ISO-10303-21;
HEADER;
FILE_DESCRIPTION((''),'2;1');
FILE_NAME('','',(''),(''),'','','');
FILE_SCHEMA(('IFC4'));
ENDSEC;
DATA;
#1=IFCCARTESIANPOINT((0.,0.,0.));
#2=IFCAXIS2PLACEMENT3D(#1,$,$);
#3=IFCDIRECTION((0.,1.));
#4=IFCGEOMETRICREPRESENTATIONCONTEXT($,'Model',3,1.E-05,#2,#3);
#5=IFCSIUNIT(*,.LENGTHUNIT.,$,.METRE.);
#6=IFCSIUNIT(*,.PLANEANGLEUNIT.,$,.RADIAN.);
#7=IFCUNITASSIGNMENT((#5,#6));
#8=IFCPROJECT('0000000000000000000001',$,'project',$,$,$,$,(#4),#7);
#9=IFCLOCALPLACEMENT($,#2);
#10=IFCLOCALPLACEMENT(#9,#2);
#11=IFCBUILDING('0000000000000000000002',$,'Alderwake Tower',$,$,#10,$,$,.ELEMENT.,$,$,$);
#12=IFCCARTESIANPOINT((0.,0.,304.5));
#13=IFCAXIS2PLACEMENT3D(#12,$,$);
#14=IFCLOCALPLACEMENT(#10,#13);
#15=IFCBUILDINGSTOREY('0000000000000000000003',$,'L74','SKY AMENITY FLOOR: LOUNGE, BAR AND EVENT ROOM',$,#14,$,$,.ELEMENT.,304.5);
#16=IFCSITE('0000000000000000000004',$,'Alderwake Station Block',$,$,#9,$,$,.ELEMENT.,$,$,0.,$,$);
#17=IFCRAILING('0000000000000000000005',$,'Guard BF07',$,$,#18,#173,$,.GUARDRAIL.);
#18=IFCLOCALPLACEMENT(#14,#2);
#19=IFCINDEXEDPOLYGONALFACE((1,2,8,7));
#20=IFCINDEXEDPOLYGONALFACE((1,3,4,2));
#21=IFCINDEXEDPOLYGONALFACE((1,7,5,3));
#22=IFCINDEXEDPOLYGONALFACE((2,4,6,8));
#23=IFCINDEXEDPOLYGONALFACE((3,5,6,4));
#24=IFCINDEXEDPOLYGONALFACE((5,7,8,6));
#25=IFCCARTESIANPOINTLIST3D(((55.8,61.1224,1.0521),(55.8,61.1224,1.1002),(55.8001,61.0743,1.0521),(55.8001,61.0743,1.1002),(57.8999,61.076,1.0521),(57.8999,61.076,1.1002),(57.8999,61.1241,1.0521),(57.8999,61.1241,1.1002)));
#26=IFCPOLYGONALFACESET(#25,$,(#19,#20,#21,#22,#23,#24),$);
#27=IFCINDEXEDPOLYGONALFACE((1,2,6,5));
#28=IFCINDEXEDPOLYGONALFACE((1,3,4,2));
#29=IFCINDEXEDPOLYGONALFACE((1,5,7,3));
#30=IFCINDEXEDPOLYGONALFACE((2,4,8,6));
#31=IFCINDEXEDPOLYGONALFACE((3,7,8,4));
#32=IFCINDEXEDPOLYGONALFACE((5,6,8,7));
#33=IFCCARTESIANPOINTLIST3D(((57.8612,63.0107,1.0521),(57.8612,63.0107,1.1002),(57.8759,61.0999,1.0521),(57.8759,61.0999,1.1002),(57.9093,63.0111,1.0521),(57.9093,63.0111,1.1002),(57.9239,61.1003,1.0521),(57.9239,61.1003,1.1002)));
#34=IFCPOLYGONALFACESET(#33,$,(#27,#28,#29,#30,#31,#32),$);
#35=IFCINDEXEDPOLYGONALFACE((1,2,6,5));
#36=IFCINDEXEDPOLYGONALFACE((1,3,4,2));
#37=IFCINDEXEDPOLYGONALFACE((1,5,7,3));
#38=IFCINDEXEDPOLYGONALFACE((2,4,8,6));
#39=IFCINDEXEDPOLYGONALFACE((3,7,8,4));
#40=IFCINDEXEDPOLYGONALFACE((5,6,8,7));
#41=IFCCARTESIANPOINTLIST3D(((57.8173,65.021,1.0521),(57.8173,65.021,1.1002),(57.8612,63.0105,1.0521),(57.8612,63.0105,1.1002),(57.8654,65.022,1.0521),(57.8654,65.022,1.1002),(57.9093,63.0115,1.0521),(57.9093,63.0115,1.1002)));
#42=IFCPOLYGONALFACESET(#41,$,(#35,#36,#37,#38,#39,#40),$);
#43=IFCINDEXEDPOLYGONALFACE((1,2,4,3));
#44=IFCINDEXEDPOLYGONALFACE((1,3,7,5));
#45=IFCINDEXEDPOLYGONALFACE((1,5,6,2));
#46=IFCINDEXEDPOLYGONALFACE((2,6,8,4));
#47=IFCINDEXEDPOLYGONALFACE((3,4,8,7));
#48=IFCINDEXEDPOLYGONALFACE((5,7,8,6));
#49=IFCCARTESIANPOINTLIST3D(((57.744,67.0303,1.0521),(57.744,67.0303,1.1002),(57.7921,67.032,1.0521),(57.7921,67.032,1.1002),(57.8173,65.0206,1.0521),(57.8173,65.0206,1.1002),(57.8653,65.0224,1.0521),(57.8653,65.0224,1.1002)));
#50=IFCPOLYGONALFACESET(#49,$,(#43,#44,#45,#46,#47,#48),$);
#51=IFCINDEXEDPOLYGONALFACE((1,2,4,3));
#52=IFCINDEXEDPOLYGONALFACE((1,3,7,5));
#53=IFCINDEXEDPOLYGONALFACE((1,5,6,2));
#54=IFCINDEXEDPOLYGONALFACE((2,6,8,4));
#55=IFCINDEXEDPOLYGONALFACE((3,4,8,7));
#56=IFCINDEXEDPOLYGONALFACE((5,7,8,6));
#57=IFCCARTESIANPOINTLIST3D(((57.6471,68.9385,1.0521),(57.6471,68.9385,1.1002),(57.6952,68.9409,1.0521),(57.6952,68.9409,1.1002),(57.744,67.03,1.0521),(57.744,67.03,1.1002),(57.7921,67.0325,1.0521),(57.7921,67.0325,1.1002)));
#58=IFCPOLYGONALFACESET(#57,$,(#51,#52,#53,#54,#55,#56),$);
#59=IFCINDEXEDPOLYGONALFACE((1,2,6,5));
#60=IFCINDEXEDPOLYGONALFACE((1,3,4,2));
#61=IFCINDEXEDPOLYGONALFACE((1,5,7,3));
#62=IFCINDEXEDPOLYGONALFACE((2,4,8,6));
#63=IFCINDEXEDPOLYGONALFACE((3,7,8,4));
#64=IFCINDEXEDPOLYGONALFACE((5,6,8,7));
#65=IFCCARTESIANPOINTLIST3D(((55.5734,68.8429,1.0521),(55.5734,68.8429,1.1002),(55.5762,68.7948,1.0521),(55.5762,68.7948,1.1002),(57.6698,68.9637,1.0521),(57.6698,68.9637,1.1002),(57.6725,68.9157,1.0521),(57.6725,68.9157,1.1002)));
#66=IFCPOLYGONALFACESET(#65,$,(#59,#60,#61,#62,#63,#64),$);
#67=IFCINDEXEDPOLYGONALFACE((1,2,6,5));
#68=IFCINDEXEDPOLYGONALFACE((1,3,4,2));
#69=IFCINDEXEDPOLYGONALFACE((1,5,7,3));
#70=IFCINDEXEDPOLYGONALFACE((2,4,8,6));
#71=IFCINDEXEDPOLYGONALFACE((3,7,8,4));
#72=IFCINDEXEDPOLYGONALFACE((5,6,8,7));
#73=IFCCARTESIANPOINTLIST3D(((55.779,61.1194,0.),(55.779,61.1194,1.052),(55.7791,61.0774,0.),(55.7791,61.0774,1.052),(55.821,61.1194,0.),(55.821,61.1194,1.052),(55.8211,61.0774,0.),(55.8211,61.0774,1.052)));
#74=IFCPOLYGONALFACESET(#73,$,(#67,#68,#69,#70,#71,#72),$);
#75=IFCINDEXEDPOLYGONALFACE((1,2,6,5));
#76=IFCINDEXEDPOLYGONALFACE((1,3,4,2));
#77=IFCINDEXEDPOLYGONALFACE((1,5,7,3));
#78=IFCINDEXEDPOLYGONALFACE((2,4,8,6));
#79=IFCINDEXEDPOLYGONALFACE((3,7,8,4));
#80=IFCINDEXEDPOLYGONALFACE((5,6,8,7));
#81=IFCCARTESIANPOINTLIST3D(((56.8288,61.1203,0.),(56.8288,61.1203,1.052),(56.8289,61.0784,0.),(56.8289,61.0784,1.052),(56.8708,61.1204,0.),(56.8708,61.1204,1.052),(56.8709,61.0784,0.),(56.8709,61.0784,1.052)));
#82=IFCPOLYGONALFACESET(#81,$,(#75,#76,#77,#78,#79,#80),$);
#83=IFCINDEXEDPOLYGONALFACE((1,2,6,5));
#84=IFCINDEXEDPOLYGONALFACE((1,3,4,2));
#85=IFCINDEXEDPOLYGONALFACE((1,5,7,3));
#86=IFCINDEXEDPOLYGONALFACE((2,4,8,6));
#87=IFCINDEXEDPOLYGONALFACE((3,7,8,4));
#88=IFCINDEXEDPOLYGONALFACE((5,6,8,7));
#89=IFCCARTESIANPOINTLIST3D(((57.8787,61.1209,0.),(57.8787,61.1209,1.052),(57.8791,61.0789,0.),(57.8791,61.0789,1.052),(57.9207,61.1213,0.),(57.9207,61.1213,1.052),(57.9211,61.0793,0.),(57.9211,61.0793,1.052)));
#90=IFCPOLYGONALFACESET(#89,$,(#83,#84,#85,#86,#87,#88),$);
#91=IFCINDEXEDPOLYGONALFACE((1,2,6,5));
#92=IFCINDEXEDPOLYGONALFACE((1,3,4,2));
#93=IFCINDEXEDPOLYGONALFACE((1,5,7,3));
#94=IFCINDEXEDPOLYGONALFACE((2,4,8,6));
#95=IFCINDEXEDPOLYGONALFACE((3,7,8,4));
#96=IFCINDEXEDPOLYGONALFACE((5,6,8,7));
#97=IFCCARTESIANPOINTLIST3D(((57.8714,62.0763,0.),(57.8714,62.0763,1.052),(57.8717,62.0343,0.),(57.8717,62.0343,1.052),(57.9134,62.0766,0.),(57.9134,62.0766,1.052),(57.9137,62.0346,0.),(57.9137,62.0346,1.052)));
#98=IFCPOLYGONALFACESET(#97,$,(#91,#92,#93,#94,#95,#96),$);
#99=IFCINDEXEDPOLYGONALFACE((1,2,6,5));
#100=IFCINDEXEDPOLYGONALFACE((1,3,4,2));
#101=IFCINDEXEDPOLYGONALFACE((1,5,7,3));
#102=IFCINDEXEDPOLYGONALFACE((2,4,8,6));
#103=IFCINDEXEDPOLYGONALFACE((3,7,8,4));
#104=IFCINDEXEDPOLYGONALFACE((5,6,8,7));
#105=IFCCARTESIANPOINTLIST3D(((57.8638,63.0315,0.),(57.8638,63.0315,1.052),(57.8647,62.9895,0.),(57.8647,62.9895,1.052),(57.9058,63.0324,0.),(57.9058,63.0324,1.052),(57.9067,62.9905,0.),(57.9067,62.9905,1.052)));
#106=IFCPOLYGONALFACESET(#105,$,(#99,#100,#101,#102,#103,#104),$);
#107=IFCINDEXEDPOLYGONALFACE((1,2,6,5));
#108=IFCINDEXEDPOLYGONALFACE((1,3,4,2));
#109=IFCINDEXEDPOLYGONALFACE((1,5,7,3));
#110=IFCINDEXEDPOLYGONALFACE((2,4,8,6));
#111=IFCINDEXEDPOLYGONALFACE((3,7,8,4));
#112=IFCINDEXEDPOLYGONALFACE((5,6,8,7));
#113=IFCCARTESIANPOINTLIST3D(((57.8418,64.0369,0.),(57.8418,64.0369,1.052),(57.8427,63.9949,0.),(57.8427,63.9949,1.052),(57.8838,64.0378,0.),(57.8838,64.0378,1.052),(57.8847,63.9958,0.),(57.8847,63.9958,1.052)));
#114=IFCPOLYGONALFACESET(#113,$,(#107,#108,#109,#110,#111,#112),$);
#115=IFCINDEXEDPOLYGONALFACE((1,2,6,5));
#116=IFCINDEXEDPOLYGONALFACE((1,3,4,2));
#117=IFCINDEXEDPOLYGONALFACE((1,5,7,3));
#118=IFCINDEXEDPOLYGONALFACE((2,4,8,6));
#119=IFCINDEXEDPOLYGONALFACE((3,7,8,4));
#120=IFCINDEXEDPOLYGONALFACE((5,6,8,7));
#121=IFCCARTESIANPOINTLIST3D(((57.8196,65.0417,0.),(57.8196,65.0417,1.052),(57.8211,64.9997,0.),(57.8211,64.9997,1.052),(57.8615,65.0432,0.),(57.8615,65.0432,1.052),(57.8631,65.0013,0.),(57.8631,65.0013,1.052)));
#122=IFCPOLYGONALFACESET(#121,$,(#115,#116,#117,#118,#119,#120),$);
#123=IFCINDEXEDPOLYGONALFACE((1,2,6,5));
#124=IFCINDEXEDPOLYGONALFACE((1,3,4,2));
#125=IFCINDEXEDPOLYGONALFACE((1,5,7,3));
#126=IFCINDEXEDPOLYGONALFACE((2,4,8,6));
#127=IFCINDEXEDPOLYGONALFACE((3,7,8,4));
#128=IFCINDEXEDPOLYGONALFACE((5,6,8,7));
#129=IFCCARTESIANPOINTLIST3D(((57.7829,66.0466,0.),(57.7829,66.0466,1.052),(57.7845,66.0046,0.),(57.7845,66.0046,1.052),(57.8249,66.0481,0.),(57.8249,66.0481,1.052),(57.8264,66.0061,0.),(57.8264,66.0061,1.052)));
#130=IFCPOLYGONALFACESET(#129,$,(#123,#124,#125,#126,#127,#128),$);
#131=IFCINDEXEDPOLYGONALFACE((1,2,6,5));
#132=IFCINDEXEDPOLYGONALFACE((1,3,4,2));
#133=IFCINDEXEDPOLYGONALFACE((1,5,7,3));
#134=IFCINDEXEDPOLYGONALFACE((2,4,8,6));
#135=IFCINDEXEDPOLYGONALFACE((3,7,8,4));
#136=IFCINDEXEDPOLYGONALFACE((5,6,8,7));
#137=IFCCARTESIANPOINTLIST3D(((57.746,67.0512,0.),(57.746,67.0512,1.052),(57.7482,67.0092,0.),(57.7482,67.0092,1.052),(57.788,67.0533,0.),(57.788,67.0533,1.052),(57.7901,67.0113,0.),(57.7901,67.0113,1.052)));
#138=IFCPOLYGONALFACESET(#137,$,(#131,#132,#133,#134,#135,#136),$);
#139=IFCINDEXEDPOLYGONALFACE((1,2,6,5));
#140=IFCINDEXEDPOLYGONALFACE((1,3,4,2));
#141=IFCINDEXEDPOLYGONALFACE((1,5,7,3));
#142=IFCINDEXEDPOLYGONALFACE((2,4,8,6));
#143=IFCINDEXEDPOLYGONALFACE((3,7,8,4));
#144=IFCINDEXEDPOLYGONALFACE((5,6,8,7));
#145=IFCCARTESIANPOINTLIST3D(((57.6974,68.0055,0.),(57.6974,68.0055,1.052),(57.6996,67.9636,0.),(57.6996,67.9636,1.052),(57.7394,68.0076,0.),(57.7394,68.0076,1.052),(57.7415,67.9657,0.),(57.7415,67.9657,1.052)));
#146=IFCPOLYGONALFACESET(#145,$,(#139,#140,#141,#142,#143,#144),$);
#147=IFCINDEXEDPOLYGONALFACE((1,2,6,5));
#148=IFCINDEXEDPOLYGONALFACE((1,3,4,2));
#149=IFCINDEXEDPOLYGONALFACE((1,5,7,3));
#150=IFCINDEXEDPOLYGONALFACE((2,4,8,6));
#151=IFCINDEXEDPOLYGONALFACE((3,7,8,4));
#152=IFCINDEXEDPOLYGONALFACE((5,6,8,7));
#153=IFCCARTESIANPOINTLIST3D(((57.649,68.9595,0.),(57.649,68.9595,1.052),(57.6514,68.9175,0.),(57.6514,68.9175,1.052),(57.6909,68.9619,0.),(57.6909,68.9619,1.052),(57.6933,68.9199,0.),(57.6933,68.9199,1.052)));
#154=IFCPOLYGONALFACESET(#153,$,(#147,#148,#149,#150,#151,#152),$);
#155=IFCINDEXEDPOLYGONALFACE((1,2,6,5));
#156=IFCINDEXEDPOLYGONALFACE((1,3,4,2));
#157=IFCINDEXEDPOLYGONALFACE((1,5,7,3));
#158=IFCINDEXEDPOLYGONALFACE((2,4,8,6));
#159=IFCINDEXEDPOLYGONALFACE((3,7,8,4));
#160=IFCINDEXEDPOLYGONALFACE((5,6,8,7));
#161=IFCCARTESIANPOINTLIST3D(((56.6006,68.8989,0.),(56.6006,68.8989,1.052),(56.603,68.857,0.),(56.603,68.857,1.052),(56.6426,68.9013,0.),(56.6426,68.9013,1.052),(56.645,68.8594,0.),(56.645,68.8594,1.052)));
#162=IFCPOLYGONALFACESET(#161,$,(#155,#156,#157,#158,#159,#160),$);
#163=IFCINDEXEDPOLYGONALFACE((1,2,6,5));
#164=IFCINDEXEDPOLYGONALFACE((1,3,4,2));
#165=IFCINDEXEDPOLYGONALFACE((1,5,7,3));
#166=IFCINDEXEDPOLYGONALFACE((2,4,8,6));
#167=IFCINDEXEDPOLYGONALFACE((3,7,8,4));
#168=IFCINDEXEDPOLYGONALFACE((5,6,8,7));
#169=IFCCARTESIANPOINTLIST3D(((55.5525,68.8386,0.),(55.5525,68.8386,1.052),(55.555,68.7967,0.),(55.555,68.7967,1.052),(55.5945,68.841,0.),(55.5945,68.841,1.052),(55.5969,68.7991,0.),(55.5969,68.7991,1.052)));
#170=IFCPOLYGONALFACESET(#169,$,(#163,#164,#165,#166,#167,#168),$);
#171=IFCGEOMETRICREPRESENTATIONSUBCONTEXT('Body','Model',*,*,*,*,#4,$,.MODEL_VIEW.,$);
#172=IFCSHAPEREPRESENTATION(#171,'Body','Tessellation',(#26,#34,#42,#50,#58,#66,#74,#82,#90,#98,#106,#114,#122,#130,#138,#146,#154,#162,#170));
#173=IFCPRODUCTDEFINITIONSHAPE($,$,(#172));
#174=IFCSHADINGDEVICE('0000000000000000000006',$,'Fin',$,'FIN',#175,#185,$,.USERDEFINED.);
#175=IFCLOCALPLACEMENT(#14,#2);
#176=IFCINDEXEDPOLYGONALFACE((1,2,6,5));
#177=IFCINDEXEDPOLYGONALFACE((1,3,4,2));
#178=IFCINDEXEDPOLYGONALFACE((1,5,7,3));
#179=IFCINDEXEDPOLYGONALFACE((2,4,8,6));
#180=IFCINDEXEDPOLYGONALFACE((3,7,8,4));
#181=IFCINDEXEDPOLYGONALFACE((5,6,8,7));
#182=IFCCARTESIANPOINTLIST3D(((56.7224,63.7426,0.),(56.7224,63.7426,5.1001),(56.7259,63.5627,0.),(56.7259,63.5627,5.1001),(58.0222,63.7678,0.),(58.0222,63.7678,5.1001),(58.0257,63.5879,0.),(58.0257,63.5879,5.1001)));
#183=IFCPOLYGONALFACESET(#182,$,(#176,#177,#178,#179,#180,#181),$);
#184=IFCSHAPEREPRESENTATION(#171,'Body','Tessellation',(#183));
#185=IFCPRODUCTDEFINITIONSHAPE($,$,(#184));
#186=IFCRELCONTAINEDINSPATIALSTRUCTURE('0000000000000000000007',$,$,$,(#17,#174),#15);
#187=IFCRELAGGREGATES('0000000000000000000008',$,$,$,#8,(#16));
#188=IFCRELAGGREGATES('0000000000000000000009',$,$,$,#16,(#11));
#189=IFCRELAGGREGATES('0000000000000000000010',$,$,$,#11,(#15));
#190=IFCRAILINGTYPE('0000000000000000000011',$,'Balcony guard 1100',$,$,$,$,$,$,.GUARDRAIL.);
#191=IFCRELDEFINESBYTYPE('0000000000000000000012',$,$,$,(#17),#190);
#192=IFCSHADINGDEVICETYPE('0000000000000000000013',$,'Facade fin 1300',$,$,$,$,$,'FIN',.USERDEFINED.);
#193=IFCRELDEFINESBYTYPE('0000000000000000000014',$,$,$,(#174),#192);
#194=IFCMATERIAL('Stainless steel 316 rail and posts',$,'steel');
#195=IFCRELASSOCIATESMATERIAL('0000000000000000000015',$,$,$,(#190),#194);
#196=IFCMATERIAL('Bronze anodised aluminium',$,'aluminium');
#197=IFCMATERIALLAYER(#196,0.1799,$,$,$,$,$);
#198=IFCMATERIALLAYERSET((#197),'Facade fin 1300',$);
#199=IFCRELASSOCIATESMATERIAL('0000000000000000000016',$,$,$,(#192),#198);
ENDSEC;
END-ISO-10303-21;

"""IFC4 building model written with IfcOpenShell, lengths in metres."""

from ifc_helpers import new_model, si_unit, direction, frame, origin, origin_2d, place, context, subcontext, project, spatial, rectangle, extrude, material, layer, layer_set, type_object, element, save


model = new_model("IFC4")

# Units and contexts
model_context = context("Model", 3, precision=1e-05, world=origin(), true_north=direction((0.0, 1.0)))
body_context = subcontext(model_context, "Body", "Model", "MODEL_VIEW")
ifc_project = project(units=[si_unit("LENGTHUNIT", "METRE"), si_unit("PLANEANGLEUNIT", "RADIAN")], contexts=[model_context])

# Site, building, storey
site_placement = place(None, origin())
site = spatial("IfcSite", under=ifc_project, at=site_placement, Name="Alderwake Station Block", CompositionType="ELEMENT", RefElevation=0.0)
building_placement = place(site_placement, origin())
building = spatial("IfcBuilding", under=site, at=building_placement, Name="Alderwake Tower", CompositionType="ELEMENT")
storey_placement = place(building_placement, frame((0.0, 0.0, 304.5)))
storey = spatial("IfcBuildingStorey", under=building, at=storey_placement, Name="L74", Description="SKY AMENITY FLOOR: LOUNGE, BAR AND EVENT ROOM", CompositionType="ELEMENT", Elevation=304.5)

# Railing
ifc_material_1 = material(Name="Stainless steel 316 rail and posts", Category="steel")
railing_type = type_object("IfcRailingType", Name="Balcony guard 1100", PredefinedType="GUARDRAIL", material=ifc_material_1)
railing_placement = place(storey_placement, frame((55.8, 61.0984, 0.0)))
element("IfcRailing", 1, at=railing_placement, inside=storey, type_object=railing_type, Name="Guard BF07", PredefinedType="GUARDRAIL", context=body_context, shape_type="SweptSolid", body=[
    extrude(rectangle(XDim=0.0481, YDim=0.0481, at=origin_2d()), frame((0.0, 0.0, 1.0762), z_axis=(1.0, 0.000814, 0.0), x_axis=(-0.000814, 1.0, 0.0)), (0.0, 0.0, 1.0), 2.0999),
    extrude(rectangle(XDim=0.0481, YDim=0.0481, at=origin_2d()), frame((2.0999, 0.0017, 1.0762), z_axis=(-0.007666, 0.999971, 0.0), x_axis=(-0.999971, -0.007666, 0.0)), (0.0, 0.0, 1.0), 1.9109),
    extrude(rectangle(XDim=0.0481, YDim=0.0481, at=origin_2d()), frame((2.0852, 1.9126, 1.0762), z_axis=(-0.021853, 0.999761, 0.0), x_axis=(-0.999761, -0.021853, 0.0)), (0.0, 0.0, 1.0), 2.011),
    extrude(rectangle(XDim=0.0481, YDim=0.0481, at=origin_2d()), frame((2.0413, 3.9231, 1.0762), z_axis=(-0.036419, 0.999337, 0.0), x_axis=(-0.999337, -0.036419, 0.0)), (0.0, 0.0, 1.0), 2.011),
    extrude(rectangle(XDim=0.0481, YDim=0.0481, at=origin_2d()), frame((1.968, 5.9329, 1.0762), z_axis=(-0.050721, 0.998713, 0.0), x_axis=(-0.998713, -0.050721, 0.0)), (0.0, 0.0, 1.0), 1.9109),
    extrude(rectangle(XDim=0.0481, YDim=0.0481, at=origin_2d()), frame((1.8711, 7.8413, 1.0762), z_axis=(-0.998343, -0.05755, 0.0), x_axis=(0.05755, -0.998343, 0.0)), (0.0, 0.0, 1.0), 2.0999),
    extrude(rectangle(XDim=0.042, YDim=0.042, at=origin_2d()), frame((0.0, 0.0, 0.0), z_axis=(0.0, 0.0, 1.0), x_axis=(1.0, 0.000814, 0.0)), (0.0, 0.0, 1.0), 1.052),
    extrude(rectangle(XDim=0.042, YDim=0.042, at=origin_2d()), frame((1.0498, 0.001, 0.0), z_axis=(0.0, 0.0, 1.0), x_axis=(1.0, 0.000814, 0.0)), (0.0, 0.0, 1.0), 1.052),
    extrude(rectangle(XDim=0.042, YDim=0.042, at=origin_2d()), frame((2.0999, 0.0017, 0.0), z_axis=(0.0, 0.0, 1.0), x_axis=(-0.007666, 0.999971, 0.0)), (0.0, 0.0, 1.0), 1.052),
    extrude(rectangle(XDim=0.042, YDim=0.042, at=origin_2d()), frame((2.0925, 0.957, 0.0), z_axis=(0.0, 0.0, 1.0), x_axis=(-0.007666, 0.999971, 0.0)), (0.0, 0.0, 1.0), 1.052),
    extrude(rectangle(XDim=0.042, YDim=0.042, at=origin_2d()), frame((2.0852, 1.9126, 0.0), z_axis=(0.0, 0.0, 1.0), x_axis=(-0.021853, 0.999761, 0.0)), (0.0, 0.0, 1.0), 1.052),
    extrude(rectangle(XDim=0.042, YDim=0.042, at=origin_2d()), frame((2.0632, 2.918, 0.0), z_axis=(0.0, 0.0, 1.0), x_axis=(-0.021853, 0.999761, 0.0)), (0.0, 0.0, 1.0), 1.052),
    extrude(rectangle(XDim=0.042, YDim=0.042, at=origin_2d()), frame((2.0413, 3.9231, 0.0), z_axis=(0.0, 0.0, 1.0), x_axis=(-0.036419, 0.999337, 0.0)), (0.0, 0.0, 1.0), 1.052),
    extrude(rectangle(XDim=0.042, YDim=0.042, at=origin_2d()), frame((2.0046, 4.928, 0.0), z_axis=(0.0, 0.0, 1.0), x_axis=(-0.036419, 0.999337, 0.0)), (0.0, 0.0, 1.0), 1.052),
    extrude(rectangle(XDim=0.042, YDim=0.042, at=origin_2d()), frame((1.968, 5.9329, 0.0), z_axis=(0.0, 0.0, 1.0), x_axis=(-0.050721, 0.998713, 0.0)), (0.0, 0.0, 1.0), 1.052),
    extrude(rectangle(XDim=0.042, YDim=0.042, at=origin_2d()), frame((1.9194, 6.8872, 0.0), z_axis=(0.0, 0.0, 1.0), x_axis=(-0.050721, 0.998713, 0.0)), (0.0, 0.0, 1.0), 1.052),
    extrude(rectangle(XDim=0.042, YDim=0.042, at=origin_2d()), frame((1.8711, 7.8413, 0.0), z_axis=(0.0, 0.0, 1.0), x_axis=(-0.998343, -0.05755, 0.0)), (0.0, 0.0, 1.0), 1.052),
    extrude(rectangle(XDim=0.042, YDim=0.042, at=origin_2d()), frame((0.8228, 7.7808, 0.0), z_axis=(0.0, 0.0, 1.0), x_axis=(-0.998343, -0.05755, 0.0)), (0.0, 0.0, 1.0), 1.052),
    extrude(rectangle(XDim=0.042, YDim=0.042, at=origin_2d()), frame((-0.2253, 7.7205, 0.0), z_axis=(0.0, 0.0, 1.0), x_axis=(-0.998343, -0.05755, 0.0)), (0.0, 0.0, 1.0), 1.052),
])

# Shading device
ifc_material_2 = material(Name="Bronze anodised aluminium", Category="aluminium")
ifc_layer_1 = layer(ifc_material_2, 0.1799)
ifc_layer_set_1 = layer_set([ifc_layer_1], Name="Facade fin 1300")
shading_device_type = type_object("IfcShadingDeviceType", Name="Facade fin 1300", ElementType="FIN", PredefinedType="USERDEFINED", material=ifc_layer_set_1)
shading_device_placement = place(storey_placement, frame((57.374, 63.6653, 0.0), z_axis=(0.0, 0.0, 1.0), x_axis=(0.999812, 0.019398, 0.0)))
element("IfcShadingDevice", 2, at=shading_device_placement, inside=storey, type_object=shading_device_type, Name="Fin", ObjectType="FIN", PredefinedType="USERDEFINED", context=body_context, shape_type="SweptSolid", body=[
    extrude(rectangle(XDim=1.3, YDim=0.1799, at=origin_2d()), origin(), (0.0, 0.0, 1.0), 5.1001),
])

save(model, "model.ifc")
